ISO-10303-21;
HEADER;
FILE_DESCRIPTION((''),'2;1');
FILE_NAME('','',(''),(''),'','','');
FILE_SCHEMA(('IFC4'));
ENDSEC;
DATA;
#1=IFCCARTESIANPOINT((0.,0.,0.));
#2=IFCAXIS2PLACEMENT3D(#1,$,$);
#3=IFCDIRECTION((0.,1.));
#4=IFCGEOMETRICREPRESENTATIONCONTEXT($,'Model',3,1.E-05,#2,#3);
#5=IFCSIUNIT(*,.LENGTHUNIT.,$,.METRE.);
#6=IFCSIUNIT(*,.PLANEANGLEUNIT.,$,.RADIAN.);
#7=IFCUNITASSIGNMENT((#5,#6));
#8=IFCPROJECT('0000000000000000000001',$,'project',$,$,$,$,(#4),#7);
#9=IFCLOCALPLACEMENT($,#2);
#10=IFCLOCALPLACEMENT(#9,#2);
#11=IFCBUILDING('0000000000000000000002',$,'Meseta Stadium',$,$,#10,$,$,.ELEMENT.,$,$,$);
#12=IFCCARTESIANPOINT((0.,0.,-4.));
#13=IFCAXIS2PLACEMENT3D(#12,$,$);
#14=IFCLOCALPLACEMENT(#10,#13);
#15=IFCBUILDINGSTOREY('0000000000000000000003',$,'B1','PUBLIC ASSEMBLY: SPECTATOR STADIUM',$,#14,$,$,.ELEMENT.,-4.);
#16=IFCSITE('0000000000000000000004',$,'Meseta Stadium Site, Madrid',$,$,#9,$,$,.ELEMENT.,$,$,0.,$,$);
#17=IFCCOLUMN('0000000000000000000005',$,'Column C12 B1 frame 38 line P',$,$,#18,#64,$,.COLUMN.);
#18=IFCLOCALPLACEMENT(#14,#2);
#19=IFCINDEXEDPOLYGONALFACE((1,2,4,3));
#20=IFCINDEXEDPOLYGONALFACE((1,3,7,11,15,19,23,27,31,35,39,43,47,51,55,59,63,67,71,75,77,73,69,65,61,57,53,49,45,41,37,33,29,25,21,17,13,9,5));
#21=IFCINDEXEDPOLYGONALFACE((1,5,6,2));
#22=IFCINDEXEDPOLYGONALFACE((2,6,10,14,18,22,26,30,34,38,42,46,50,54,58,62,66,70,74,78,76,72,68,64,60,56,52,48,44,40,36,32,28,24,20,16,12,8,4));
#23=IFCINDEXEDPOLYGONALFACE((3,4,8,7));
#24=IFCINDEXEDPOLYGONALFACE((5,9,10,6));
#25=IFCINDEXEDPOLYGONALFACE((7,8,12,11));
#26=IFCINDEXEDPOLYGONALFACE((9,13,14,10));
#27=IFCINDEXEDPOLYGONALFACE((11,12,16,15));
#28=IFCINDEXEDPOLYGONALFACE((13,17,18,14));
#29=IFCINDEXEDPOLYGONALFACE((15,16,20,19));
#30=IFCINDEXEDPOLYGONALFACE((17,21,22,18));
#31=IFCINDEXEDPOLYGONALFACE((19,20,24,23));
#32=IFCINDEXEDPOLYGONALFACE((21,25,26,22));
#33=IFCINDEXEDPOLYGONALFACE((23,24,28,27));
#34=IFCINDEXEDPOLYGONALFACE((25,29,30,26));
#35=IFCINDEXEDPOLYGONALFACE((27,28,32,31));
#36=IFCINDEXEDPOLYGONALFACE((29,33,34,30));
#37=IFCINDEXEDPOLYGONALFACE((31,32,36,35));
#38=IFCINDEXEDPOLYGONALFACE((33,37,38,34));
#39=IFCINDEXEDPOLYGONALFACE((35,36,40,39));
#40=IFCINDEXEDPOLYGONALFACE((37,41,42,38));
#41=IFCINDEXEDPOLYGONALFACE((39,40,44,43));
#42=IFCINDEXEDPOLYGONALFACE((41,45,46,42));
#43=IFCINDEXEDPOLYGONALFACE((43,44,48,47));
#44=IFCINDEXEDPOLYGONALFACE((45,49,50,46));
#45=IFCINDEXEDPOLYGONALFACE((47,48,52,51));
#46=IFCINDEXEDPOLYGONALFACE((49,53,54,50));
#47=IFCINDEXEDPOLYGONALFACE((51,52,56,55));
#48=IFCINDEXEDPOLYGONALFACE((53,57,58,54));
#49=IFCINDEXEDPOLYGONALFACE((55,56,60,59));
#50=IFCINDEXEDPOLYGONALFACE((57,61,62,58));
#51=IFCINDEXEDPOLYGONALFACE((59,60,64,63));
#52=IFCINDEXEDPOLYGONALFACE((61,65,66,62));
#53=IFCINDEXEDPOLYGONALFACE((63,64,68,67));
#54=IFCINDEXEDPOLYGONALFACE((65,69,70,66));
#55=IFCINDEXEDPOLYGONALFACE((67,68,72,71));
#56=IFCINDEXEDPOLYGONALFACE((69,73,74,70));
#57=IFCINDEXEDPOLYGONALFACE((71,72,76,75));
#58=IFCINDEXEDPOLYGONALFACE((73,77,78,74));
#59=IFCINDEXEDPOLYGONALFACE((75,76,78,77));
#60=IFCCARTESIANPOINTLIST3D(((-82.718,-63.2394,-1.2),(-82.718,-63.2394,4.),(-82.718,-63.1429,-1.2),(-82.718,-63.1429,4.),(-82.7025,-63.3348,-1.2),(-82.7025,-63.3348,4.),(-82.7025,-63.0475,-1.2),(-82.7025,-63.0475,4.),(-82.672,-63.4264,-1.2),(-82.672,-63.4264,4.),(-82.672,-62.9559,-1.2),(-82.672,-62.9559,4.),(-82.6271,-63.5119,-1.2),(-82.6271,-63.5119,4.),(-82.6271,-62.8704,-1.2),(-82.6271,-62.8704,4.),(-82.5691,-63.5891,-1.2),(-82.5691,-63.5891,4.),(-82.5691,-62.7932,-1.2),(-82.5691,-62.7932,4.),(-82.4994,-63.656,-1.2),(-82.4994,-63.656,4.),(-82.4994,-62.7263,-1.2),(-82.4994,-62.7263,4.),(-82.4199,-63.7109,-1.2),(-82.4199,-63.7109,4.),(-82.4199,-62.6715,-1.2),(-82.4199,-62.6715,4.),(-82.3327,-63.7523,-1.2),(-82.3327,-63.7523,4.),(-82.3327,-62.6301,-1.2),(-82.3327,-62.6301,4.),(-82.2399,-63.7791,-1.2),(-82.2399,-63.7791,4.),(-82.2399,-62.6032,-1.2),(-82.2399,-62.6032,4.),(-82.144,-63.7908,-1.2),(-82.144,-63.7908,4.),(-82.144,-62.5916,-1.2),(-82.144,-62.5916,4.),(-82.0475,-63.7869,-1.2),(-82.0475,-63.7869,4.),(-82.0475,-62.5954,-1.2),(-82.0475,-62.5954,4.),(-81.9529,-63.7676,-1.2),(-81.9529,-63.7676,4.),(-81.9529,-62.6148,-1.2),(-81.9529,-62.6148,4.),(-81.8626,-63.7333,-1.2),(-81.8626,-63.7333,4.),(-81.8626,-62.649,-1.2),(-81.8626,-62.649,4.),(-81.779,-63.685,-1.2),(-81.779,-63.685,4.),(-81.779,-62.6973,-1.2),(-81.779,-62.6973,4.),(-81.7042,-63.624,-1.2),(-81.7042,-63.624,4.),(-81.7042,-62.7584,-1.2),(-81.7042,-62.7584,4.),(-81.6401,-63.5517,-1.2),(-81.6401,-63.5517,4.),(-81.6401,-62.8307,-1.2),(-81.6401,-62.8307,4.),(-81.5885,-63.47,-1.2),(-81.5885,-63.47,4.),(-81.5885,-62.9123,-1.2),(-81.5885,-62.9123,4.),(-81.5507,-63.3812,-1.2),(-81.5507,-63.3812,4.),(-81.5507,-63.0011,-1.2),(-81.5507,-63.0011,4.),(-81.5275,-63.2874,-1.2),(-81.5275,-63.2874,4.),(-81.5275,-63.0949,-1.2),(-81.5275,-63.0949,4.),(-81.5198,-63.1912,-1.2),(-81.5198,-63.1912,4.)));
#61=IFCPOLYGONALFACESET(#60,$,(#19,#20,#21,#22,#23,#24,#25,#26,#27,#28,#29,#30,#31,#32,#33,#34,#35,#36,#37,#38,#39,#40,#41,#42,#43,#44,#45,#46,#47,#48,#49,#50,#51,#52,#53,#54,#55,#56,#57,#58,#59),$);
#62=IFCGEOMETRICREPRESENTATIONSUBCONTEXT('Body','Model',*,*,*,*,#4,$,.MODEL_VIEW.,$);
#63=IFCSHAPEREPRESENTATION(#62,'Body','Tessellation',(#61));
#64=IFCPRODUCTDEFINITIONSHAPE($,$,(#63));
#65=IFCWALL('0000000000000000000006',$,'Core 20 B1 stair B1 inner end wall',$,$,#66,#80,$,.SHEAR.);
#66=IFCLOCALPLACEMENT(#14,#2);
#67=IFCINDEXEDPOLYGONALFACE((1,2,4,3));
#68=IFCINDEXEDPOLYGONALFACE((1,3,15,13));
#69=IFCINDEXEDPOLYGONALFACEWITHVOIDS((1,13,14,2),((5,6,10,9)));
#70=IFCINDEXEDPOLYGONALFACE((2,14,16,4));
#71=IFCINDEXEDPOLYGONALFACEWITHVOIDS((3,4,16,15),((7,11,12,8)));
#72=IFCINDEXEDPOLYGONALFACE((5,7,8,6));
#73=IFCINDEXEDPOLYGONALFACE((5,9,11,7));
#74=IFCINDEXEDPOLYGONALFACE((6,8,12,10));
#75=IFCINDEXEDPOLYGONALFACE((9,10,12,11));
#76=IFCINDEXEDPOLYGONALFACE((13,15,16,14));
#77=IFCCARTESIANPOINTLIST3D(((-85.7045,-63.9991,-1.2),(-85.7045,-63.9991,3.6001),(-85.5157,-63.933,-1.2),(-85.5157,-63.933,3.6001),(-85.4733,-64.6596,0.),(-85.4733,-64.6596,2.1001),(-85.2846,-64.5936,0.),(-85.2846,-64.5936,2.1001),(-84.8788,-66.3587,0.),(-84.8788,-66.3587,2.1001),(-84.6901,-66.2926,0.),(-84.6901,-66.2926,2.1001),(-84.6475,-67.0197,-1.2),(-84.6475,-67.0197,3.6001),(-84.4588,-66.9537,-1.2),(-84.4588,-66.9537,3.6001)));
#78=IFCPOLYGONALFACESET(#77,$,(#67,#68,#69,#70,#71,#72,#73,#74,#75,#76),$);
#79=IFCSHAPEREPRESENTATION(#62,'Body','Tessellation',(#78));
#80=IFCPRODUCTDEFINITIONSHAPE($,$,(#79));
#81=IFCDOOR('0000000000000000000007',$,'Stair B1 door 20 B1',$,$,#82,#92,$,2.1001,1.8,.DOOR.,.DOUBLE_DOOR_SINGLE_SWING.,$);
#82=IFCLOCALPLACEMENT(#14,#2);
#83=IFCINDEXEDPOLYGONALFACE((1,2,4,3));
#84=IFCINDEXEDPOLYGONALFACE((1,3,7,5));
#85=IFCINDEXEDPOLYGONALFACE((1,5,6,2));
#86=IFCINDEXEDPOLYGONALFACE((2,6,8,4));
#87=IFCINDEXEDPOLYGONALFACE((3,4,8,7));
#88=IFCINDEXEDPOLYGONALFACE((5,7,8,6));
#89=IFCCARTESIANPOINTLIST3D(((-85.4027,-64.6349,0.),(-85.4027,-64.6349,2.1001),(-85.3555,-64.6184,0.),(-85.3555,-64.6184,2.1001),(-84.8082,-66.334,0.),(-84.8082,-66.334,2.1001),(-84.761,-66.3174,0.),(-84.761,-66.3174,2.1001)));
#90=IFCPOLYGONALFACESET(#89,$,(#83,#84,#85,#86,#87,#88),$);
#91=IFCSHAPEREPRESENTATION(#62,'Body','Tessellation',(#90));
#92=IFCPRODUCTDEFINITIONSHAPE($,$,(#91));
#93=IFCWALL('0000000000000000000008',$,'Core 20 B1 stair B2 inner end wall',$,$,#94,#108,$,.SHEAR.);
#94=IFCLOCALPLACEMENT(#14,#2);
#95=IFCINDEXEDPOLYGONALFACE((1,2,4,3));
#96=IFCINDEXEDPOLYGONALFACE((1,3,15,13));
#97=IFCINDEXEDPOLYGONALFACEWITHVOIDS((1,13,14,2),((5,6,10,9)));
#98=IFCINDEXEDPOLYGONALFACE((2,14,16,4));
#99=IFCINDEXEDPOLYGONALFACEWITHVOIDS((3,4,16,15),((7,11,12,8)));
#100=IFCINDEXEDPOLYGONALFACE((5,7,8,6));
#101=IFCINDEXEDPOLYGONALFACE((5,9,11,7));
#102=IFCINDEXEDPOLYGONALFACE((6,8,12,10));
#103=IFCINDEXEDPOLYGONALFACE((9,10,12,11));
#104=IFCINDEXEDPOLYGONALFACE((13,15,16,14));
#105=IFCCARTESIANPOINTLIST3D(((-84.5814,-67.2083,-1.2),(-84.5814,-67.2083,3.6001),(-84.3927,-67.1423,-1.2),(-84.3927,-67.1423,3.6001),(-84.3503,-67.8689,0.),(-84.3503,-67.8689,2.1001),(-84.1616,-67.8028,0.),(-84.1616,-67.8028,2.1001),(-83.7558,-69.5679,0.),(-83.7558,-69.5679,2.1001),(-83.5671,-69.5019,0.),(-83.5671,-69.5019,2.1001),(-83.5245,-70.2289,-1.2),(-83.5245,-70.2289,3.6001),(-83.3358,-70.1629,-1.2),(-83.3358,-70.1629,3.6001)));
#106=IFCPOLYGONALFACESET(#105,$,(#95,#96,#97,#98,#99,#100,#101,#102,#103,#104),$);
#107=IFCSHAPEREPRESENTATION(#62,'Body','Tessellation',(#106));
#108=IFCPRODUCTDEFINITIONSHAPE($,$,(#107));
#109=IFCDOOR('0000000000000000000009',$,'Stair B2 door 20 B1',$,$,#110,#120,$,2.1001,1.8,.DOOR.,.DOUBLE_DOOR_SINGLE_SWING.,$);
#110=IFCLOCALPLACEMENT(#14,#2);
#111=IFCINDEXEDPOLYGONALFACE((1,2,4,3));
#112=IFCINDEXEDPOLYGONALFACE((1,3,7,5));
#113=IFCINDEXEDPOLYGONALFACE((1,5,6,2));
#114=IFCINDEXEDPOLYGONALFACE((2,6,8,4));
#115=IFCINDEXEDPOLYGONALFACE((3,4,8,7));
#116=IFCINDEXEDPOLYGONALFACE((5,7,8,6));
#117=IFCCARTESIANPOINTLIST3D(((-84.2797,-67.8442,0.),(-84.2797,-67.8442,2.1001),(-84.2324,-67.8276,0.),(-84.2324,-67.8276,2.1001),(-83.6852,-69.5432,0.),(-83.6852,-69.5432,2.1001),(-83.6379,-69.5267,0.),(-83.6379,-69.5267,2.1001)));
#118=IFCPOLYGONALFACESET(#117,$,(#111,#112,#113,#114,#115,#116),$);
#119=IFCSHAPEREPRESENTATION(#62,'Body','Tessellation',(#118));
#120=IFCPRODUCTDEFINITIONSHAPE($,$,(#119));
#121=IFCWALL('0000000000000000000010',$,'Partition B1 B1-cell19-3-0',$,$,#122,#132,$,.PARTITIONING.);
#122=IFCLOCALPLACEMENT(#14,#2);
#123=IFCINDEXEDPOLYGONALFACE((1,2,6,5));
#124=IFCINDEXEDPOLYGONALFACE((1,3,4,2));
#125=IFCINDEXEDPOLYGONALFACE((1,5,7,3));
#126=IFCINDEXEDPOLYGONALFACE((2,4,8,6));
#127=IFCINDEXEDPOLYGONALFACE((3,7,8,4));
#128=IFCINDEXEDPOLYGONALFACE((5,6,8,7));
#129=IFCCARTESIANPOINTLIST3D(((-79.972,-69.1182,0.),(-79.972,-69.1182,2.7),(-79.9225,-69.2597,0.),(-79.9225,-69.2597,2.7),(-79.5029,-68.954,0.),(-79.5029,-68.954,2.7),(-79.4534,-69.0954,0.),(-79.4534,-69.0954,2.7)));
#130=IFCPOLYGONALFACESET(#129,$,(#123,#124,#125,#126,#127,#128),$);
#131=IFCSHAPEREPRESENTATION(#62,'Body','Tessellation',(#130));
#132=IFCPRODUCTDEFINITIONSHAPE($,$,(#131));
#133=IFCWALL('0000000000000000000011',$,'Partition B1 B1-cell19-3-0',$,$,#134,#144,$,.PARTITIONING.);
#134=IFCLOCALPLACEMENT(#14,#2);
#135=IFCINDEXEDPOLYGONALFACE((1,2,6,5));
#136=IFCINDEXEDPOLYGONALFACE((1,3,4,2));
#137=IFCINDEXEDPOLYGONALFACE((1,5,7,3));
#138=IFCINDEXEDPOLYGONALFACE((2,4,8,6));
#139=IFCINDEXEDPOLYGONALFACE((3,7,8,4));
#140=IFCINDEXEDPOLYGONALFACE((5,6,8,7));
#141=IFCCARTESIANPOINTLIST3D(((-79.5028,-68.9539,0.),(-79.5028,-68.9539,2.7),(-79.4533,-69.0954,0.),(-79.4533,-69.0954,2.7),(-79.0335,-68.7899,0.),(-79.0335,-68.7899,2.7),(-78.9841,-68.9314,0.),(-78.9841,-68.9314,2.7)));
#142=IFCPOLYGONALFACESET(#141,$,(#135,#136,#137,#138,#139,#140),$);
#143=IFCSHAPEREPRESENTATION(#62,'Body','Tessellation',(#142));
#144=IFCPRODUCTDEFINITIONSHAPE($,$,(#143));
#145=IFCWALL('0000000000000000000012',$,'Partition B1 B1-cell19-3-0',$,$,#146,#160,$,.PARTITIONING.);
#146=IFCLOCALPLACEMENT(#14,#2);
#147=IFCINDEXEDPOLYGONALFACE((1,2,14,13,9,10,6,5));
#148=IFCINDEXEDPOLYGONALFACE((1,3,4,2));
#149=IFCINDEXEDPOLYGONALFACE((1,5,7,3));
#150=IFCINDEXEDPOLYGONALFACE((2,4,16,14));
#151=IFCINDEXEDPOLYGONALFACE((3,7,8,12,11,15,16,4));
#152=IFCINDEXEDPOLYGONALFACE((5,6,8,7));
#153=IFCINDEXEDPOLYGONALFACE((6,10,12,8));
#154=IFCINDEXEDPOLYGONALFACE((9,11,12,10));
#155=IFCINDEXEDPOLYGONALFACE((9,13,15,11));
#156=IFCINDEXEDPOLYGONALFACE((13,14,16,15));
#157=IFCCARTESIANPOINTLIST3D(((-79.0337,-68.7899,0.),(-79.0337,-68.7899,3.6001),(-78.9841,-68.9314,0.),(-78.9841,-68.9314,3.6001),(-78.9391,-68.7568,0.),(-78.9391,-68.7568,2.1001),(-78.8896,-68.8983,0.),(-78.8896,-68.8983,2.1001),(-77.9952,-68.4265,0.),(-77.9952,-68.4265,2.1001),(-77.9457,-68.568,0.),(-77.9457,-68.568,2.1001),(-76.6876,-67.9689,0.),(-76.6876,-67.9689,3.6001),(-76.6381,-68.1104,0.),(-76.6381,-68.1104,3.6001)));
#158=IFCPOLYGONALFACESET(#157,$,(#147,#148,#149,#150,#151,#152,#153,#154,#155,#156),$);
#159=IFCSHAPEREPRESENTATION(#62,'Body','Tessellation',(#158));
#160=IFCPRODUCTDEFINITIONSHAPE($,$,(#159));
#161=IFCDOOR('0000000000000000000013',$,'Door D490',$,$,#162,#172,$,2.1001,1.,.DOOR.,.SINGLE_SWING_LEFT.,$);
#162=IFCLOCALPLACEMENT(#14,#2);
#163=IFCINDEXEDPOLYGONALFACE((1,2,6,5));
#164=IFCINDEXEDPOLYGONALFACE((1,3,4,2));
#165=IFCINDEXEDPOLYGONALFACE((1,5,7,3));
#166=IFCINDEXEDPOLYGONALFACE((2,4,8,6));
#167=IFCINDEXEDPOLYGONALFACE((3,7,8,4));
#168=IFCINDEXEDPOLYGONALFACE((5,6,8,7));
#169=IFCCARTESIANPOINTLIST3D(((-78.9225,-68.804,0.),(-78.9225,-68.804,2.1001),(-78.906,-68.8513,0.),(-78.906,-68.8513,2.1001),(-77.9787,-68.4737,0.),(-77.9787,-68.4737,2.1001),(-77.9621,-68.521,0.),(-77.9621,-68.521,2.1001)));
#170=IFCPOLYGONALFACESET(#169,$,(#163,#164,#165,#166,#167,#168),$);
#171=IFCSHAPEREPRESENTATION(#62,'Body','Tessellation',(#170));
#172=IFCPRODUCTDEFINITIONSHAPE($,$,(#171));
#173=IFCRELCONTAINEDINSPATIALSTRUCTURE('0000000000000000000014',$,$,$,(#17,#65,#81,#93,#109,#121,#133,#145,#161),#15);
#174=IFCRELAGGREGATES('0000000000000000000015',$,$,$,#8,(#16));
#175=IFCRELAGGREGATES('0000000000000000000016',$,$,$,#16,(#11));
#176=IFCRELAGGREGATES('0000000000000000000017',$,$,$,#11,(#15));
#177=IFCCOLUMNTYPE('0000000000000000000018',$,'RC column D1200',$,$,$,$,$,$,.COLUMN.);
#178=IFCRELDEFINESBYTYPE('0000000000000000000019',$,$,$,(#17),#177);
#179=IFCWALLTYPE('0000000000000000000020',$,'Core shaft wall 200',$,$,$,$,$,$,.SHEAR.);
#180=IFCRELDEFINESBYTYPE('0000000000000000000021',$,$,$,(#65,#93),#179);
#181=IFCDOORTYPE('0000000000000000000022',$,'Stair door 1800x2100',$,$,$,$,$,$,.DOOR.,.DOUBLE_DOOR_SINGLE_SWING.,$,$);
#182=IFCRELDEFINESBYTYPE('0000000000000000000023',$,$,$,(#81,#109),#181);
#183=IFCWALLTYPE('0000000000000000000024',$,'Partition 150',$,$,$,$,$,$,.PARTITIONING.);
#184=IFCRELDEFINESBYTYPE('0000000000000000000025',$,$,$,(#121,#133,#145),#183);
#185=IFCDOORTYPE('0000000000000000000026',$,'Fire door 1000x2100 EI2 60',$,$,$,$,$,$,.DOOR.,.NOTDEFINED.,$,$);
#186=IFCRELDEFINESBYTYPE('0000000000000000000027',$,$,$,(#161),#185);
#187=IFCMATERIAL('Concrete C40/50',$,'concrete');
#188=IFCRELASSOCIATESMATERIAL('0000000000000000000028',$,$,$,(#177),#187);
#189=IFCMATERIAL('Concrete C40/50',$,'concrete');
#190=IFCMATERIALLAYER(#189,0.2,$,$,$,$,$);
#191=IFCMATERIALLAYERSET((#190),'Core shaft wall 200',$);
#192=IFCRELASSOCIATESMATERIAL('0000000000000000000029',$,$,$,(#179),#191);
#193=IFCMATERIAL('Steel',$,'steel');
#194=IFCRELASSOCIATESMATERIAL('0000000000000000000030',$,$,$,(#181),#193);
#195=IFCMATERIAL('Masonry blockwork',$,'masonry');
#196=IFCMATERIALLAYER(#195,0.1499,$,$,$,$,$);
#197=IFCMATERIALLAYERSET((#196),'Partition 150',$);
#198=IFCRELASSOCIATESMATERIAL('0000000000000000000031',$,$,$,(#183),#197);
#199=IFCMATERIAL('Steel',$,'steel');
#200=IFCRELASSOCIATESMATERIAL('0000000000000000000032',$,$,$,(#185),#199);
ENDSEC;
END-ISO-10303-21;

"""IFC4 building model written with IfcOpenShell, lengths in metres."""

from ifc_helpers import new_model, si_unit, direction, frame, frame_2d, origin, origin_2d, place, context, subcontext, project, spatial, rectangle, circle, extrude, material, layer, layer_set, material_profile, profile_set, type_object, element, fill, save


model = new_model("IFC4")

# Units and contexts
model_context = context("Model", 3, precision=1e-05, world=origin(), true_north=direction((0.0, 1.0)))
body_context = subcontext(model_context, "Body", "Model", "MODEL_VIEW")
ifc_project = project(units=[si_unit("LENGTHUNIT", "METRE"), si_unit("PLANEANGLEUNIT", "RADIAN")], contexts=[model_context])

# Site, building, storey
site_placement = place(None, origin())
site = spatial("IfcSite", under=ifc_project, at=site_placement, Name="Meseta Stadium Site, Madrid", CompositionType="ELEMENT", RefElevation=0.0)
building_placement = place(site_placement, origin())
building = spatial("IfcBuilding", under=site, at=building_placement, Name="Meseta Stadium", CompositionType="ELEMENT")
storey_placement = place(building_placement, frame((0.0, 0.0, -4.0)))
storey = spatial("IfcBuildingStorey", under=building, at=storey_placement, Name="B1", Description="PUBLIC ASSEMBLY: SPECTATOR STADIUM", CompositionType="ELEMENT", Elevation=-4.0)

# Column
ifc_material_1 = material(Name="Concrete C40/50", Category="concrete")
ifc_material_profile = material_profile(ifc_material_1, circle(Radius=0.6001, at=origin_2d()), Name="RC D1200")
ifc_profile_set = profile_set([ifc_material_profile], Name="Concrete C40/50")
column_type = type_object("IfcColumnType", Name="RC column D1200", PredefinedType="COLUMN", material=ifc_profile_set)
column_placement = place(storey_placement, frame((-82.1199, -63.1912, -1.2), z_axis=(0.0, 0.0, 1.0), x_axis=(1.0, 0.0, 0.0)))
element("IfcColumn", 1, at=column_placement, inside=storey, type_object=column_type, Name="Column C12 B1 frame 38 line P", PredefinedType="COLUMN", context=body_context, shape_type="SweptSolid", body=[
    extrude(circle(Radius=0.6001, at=origin_2d()), origin(), (0.0, 0.0, 1.0), 5.2),
])

# Walls, openings, doors
ifc_material_2 = material(Name="Concrete C40/50", Category="concrete")
ifc_layer_1 = layer(ifc_material_2, 0.2)
ifc_layer_set_1 = layer_set([ifc_layer_1], Name="Core shaft wall 200")
wall_type_1 = type_object("IfcWallType", Name="Core shaft wall 200", PredefinedType="SHEAR", material=ifc_layer_set_1)
wall_1_placement = place(storey_placement, frame((-85.6101, -63.9661, -1.2), z_axis=(0.0, 0.0, 1.0), x_axis=(0.330269, -0.943887, 0.0)))
wall_1 = element("IfcWall", 2, at=wall_1_placement, inside=storey, type_object=wall_type_1, Name="Core 20 B1 stair B1 inner end wall", PredefinedType="SHEAR", context=body_context, shape_type="SweptSolid", body=[
    extrude(rectangle(XDim=3.2002, YDim=0.2, at=frame_2d((1.6001, 0.0))), origin(), (0.0, 0.0, 1.0), 4.8),
])
opening_1_placement = place(wall_1_placement, frame((0.7, 0.0, 1.2)))
opening_1 = element("IfcOpeningElement", 3, at=opening_1_placement, cuts=wall_1, PredefinedType="OPENING", context=body_context, shape_type="SweptSolid", body=[
    extrude(rectangle(XDim=1.8, YDim=2.1001, at=frame_2d((0.8999, 1.05))), frame((0.0, 0.1099, 0.0), z_axis=(0.0, -1.0, 0.0), x_axis=(1.0, 0.0, 0.0)), (0.0, 0.0, 1.0), 0.22),
])
ifc_material_3 = material(Name="Steel", Category="steel")
door_type_1 = type_object("IfcDoorType", Name="Stair door 1800x2100", OperationType="DOUBLE_DOOR_SINGLE_SWING", PredefinedType="DOOR", material=ifc_material_3)
door_1_placement = place(opening_1_placement, origin())
door_1 = element("IfcDoor", 4, at=door_1_placement, inside=storey, type_object=door_type_1, Name="Stair B1 door 20 B1", OperationType="DOUBLE_DOOR_SINGLE_SWING", OverallHeight=2.1001, OverallWidth=1.8, PredefinedType="DOOR", context=body_context, shape_type="SweptSolid", body=[
    extrude(rectangle(XDim=1.8, YDim=2.1001, at=frame_2d((0.8999, 1.05))), frame((0.0, 0.0249, 0.0), z_axis=(0.0, -1.0, 0.0), x_axis=(1.0, 0.0, 0.0)), (0.0, 0.0, 1.0), 0.05),
])
fill(opening_1, door_1)
wall_2_placement = place(storey_placement, frame((-84.4871, -67.1753, -1.2), z_axis=(0.0, 0.0, 1.0), x_axis=(0.330269, -0.943887, 0.0)))
wall_2 = element("IfcWall", 5, at=wall_2_placement, inside=storey, type_object=wall_type_1, Name="Core 20 B1 stair B2 inner end wall", PredefinedType="SHEAR", context=body_context, shape_type="SweptSolid", body=[
    extrude(rectangle(XDim=3.2002, YDim=0.2, at=frame_2d((1.6001, 0.0))), origin(), (0.0, 0.0, 1.0), 4.8),
])
opening_2_placement = place(wall_2_placement, frame((0.7, 0.0, 1.2)))
opening_2 = element("IfcOpeningElement", 6, at=opening_2_placement, cuts=wall_2, PredefinedType="OPENING", context=body_context, shape_type="SweptSolid", body=[
    extrude(rectangle(XDim=1.8, YDim=2.1001, at=frame_2d((0.8999, 1.05))), frame((0.0, 0.1099, 0.0), z_axis=(0.0, -1.0, 0.0), x_axis=(1.0, 0.0, 0.0)), (0.0, 0.0, 1.0), 0.22),
])
door_2_placement = place(opening_2_placement, origin())
door_2 = element("IfcDoor", 7, at=door_2_placement, inside=storey, type_object=door_type_1, Name="Stair B2 door 20 B1", OperationType="DOUBLE_DOOR_SINGLE_SWING", OverallHeight=2.1001, OverallWidth=1.8, PredefinedType="DOOR", context=body_context, shape_type="SweptSolid", body=[
    extrude(rectangle(XDim=1.8, YDim=2.1001, at=frame_2d((0.8999, 1.05))), frame((0.0, 0.0249, 0.0), z_axis=(0.0, -1.0, 0.0), x_axis=(1.0, 0.0, 0.0)), (0.0, 0.0, 1.0), 0.05),
])
fill(opening_2, door_2)

# Walls
ifc_material_4 = material(Name="Masonry blockwork", Category="masonry")
ifc_layer_2 = layer(ifc_material_4, 0.1499)
ifc_layer_set_2 = layer_set([ifc_layer_2], Name="Partition 150")
wall_type_2 = type_object("IfcWallType", Name="Partition 150", PredefinedType="PARTITIONING", material=ifc_layer_set_2)
for number, where, z_axis, x_axis, name in (
    (8, (-79.9473, -69.189, 0.0), (0.0, 0.0, 1.0), (0.943812, 0.330482, 0.0), "Partition B1 B1-cell19-3-0"),
    (9, (-79.478, -69.0247, 0.0), (0.0, 0.0, 1.0), (0.943966, 0.330044, 0.0), "Partition B1 B1-cell19-3-0"),
):
    element("IfcWall", number, at=place(storey_placement, frame(where, z_axis=z_axis, x_axis=x_axis)), inside=storey, type_object=wall_type_2, Name=name, PredefinedType="PARTITIONING", context=body_context, shape_type="SweptSolid", body=[
        extrude(rectangle(XDim=0.4971, YDim=0.1499, at=frame_2d((0.2485, 0.0))), origin(), (0.0, 0.0, 1.0), 2.7),
    ])

# Wall, opening, door
wall_3_placement = place(storey_placement, frame((-79.0088, -68.8606, 0.0), z_axis=(0.0, 0.0, 1.0), x_axis=(0.943874, 0.330307, 0.0)))
wall_3 = element("IfcWall", 10, at=wall_3_placement, inside=storey, type_object=wall_type_2, Name="Partition B1 B1-cell19-3-0", PredefinedType="PARTITIONING", context=body_context, shape_type="SweptSolid", body=[
    extrude(rectangle(XDim=2.4856, YDim=0.1499, at=frame_2d((1.2427, 0.0))), origin(), (0.0, 0.0, 1.0), 3.6001),
])
opening_3_placement = place(wall_3_placement, frame((0.1001, 0.0, 0.0)))
opening_3 = element("IfcOpeningElement", 11, at=opening_3_placement, cuts=wall_3, PredefinedType="OPENING", context=body_context, shape_type="SweptSolid", body=[
    extrude(rectangle(XDim=1.0, YDim=2.1001, at=frame_2d((0.5, 1.05))), frame((0.0, 0.085, 0.0), z_axis=(0.0, -1.0, 0.0), x_axis=(1.0, 0.0, 0.0)), (0.0, 0.0, 1.0), 0.1699),
])
ifc_material_5 = material(Name="Steel", Category="steel")
door_type_2 = type_object("IfcDoorType", Name="Fire door 1000x2100 EI2 60", OperationType="NOTDEFINED", PredefinedType="DOOR", material=ifc_material_5)
door_3_placement = place(opening_3_placement, origin())
door_3 = element("IfcDoor", 12, at=door_3_placement, inside=storey, type_object=door_type_2, Name="Door D490", OperationType="SINGLE_SWING_LEFT", OverallHeight=2.1001, OverallWidth=1.0, PredefinedType="DOOR", context=body_context, shape_type="SweptSolid", body=[
    extrude(rectangle(XDim=1.0, YDim=2.1001, at=frame_2d((0.5, 1.05))), frame((0.0, 0.0249, 0.0), z_axis=(0.0, -1.0, 0.0), x_axis=(1.0, 0.0, 0.0)), (0.0, 0.0, 1.0), 0.05),
])
fill(opening_3, door_3)

save(model, "model.ifc")
